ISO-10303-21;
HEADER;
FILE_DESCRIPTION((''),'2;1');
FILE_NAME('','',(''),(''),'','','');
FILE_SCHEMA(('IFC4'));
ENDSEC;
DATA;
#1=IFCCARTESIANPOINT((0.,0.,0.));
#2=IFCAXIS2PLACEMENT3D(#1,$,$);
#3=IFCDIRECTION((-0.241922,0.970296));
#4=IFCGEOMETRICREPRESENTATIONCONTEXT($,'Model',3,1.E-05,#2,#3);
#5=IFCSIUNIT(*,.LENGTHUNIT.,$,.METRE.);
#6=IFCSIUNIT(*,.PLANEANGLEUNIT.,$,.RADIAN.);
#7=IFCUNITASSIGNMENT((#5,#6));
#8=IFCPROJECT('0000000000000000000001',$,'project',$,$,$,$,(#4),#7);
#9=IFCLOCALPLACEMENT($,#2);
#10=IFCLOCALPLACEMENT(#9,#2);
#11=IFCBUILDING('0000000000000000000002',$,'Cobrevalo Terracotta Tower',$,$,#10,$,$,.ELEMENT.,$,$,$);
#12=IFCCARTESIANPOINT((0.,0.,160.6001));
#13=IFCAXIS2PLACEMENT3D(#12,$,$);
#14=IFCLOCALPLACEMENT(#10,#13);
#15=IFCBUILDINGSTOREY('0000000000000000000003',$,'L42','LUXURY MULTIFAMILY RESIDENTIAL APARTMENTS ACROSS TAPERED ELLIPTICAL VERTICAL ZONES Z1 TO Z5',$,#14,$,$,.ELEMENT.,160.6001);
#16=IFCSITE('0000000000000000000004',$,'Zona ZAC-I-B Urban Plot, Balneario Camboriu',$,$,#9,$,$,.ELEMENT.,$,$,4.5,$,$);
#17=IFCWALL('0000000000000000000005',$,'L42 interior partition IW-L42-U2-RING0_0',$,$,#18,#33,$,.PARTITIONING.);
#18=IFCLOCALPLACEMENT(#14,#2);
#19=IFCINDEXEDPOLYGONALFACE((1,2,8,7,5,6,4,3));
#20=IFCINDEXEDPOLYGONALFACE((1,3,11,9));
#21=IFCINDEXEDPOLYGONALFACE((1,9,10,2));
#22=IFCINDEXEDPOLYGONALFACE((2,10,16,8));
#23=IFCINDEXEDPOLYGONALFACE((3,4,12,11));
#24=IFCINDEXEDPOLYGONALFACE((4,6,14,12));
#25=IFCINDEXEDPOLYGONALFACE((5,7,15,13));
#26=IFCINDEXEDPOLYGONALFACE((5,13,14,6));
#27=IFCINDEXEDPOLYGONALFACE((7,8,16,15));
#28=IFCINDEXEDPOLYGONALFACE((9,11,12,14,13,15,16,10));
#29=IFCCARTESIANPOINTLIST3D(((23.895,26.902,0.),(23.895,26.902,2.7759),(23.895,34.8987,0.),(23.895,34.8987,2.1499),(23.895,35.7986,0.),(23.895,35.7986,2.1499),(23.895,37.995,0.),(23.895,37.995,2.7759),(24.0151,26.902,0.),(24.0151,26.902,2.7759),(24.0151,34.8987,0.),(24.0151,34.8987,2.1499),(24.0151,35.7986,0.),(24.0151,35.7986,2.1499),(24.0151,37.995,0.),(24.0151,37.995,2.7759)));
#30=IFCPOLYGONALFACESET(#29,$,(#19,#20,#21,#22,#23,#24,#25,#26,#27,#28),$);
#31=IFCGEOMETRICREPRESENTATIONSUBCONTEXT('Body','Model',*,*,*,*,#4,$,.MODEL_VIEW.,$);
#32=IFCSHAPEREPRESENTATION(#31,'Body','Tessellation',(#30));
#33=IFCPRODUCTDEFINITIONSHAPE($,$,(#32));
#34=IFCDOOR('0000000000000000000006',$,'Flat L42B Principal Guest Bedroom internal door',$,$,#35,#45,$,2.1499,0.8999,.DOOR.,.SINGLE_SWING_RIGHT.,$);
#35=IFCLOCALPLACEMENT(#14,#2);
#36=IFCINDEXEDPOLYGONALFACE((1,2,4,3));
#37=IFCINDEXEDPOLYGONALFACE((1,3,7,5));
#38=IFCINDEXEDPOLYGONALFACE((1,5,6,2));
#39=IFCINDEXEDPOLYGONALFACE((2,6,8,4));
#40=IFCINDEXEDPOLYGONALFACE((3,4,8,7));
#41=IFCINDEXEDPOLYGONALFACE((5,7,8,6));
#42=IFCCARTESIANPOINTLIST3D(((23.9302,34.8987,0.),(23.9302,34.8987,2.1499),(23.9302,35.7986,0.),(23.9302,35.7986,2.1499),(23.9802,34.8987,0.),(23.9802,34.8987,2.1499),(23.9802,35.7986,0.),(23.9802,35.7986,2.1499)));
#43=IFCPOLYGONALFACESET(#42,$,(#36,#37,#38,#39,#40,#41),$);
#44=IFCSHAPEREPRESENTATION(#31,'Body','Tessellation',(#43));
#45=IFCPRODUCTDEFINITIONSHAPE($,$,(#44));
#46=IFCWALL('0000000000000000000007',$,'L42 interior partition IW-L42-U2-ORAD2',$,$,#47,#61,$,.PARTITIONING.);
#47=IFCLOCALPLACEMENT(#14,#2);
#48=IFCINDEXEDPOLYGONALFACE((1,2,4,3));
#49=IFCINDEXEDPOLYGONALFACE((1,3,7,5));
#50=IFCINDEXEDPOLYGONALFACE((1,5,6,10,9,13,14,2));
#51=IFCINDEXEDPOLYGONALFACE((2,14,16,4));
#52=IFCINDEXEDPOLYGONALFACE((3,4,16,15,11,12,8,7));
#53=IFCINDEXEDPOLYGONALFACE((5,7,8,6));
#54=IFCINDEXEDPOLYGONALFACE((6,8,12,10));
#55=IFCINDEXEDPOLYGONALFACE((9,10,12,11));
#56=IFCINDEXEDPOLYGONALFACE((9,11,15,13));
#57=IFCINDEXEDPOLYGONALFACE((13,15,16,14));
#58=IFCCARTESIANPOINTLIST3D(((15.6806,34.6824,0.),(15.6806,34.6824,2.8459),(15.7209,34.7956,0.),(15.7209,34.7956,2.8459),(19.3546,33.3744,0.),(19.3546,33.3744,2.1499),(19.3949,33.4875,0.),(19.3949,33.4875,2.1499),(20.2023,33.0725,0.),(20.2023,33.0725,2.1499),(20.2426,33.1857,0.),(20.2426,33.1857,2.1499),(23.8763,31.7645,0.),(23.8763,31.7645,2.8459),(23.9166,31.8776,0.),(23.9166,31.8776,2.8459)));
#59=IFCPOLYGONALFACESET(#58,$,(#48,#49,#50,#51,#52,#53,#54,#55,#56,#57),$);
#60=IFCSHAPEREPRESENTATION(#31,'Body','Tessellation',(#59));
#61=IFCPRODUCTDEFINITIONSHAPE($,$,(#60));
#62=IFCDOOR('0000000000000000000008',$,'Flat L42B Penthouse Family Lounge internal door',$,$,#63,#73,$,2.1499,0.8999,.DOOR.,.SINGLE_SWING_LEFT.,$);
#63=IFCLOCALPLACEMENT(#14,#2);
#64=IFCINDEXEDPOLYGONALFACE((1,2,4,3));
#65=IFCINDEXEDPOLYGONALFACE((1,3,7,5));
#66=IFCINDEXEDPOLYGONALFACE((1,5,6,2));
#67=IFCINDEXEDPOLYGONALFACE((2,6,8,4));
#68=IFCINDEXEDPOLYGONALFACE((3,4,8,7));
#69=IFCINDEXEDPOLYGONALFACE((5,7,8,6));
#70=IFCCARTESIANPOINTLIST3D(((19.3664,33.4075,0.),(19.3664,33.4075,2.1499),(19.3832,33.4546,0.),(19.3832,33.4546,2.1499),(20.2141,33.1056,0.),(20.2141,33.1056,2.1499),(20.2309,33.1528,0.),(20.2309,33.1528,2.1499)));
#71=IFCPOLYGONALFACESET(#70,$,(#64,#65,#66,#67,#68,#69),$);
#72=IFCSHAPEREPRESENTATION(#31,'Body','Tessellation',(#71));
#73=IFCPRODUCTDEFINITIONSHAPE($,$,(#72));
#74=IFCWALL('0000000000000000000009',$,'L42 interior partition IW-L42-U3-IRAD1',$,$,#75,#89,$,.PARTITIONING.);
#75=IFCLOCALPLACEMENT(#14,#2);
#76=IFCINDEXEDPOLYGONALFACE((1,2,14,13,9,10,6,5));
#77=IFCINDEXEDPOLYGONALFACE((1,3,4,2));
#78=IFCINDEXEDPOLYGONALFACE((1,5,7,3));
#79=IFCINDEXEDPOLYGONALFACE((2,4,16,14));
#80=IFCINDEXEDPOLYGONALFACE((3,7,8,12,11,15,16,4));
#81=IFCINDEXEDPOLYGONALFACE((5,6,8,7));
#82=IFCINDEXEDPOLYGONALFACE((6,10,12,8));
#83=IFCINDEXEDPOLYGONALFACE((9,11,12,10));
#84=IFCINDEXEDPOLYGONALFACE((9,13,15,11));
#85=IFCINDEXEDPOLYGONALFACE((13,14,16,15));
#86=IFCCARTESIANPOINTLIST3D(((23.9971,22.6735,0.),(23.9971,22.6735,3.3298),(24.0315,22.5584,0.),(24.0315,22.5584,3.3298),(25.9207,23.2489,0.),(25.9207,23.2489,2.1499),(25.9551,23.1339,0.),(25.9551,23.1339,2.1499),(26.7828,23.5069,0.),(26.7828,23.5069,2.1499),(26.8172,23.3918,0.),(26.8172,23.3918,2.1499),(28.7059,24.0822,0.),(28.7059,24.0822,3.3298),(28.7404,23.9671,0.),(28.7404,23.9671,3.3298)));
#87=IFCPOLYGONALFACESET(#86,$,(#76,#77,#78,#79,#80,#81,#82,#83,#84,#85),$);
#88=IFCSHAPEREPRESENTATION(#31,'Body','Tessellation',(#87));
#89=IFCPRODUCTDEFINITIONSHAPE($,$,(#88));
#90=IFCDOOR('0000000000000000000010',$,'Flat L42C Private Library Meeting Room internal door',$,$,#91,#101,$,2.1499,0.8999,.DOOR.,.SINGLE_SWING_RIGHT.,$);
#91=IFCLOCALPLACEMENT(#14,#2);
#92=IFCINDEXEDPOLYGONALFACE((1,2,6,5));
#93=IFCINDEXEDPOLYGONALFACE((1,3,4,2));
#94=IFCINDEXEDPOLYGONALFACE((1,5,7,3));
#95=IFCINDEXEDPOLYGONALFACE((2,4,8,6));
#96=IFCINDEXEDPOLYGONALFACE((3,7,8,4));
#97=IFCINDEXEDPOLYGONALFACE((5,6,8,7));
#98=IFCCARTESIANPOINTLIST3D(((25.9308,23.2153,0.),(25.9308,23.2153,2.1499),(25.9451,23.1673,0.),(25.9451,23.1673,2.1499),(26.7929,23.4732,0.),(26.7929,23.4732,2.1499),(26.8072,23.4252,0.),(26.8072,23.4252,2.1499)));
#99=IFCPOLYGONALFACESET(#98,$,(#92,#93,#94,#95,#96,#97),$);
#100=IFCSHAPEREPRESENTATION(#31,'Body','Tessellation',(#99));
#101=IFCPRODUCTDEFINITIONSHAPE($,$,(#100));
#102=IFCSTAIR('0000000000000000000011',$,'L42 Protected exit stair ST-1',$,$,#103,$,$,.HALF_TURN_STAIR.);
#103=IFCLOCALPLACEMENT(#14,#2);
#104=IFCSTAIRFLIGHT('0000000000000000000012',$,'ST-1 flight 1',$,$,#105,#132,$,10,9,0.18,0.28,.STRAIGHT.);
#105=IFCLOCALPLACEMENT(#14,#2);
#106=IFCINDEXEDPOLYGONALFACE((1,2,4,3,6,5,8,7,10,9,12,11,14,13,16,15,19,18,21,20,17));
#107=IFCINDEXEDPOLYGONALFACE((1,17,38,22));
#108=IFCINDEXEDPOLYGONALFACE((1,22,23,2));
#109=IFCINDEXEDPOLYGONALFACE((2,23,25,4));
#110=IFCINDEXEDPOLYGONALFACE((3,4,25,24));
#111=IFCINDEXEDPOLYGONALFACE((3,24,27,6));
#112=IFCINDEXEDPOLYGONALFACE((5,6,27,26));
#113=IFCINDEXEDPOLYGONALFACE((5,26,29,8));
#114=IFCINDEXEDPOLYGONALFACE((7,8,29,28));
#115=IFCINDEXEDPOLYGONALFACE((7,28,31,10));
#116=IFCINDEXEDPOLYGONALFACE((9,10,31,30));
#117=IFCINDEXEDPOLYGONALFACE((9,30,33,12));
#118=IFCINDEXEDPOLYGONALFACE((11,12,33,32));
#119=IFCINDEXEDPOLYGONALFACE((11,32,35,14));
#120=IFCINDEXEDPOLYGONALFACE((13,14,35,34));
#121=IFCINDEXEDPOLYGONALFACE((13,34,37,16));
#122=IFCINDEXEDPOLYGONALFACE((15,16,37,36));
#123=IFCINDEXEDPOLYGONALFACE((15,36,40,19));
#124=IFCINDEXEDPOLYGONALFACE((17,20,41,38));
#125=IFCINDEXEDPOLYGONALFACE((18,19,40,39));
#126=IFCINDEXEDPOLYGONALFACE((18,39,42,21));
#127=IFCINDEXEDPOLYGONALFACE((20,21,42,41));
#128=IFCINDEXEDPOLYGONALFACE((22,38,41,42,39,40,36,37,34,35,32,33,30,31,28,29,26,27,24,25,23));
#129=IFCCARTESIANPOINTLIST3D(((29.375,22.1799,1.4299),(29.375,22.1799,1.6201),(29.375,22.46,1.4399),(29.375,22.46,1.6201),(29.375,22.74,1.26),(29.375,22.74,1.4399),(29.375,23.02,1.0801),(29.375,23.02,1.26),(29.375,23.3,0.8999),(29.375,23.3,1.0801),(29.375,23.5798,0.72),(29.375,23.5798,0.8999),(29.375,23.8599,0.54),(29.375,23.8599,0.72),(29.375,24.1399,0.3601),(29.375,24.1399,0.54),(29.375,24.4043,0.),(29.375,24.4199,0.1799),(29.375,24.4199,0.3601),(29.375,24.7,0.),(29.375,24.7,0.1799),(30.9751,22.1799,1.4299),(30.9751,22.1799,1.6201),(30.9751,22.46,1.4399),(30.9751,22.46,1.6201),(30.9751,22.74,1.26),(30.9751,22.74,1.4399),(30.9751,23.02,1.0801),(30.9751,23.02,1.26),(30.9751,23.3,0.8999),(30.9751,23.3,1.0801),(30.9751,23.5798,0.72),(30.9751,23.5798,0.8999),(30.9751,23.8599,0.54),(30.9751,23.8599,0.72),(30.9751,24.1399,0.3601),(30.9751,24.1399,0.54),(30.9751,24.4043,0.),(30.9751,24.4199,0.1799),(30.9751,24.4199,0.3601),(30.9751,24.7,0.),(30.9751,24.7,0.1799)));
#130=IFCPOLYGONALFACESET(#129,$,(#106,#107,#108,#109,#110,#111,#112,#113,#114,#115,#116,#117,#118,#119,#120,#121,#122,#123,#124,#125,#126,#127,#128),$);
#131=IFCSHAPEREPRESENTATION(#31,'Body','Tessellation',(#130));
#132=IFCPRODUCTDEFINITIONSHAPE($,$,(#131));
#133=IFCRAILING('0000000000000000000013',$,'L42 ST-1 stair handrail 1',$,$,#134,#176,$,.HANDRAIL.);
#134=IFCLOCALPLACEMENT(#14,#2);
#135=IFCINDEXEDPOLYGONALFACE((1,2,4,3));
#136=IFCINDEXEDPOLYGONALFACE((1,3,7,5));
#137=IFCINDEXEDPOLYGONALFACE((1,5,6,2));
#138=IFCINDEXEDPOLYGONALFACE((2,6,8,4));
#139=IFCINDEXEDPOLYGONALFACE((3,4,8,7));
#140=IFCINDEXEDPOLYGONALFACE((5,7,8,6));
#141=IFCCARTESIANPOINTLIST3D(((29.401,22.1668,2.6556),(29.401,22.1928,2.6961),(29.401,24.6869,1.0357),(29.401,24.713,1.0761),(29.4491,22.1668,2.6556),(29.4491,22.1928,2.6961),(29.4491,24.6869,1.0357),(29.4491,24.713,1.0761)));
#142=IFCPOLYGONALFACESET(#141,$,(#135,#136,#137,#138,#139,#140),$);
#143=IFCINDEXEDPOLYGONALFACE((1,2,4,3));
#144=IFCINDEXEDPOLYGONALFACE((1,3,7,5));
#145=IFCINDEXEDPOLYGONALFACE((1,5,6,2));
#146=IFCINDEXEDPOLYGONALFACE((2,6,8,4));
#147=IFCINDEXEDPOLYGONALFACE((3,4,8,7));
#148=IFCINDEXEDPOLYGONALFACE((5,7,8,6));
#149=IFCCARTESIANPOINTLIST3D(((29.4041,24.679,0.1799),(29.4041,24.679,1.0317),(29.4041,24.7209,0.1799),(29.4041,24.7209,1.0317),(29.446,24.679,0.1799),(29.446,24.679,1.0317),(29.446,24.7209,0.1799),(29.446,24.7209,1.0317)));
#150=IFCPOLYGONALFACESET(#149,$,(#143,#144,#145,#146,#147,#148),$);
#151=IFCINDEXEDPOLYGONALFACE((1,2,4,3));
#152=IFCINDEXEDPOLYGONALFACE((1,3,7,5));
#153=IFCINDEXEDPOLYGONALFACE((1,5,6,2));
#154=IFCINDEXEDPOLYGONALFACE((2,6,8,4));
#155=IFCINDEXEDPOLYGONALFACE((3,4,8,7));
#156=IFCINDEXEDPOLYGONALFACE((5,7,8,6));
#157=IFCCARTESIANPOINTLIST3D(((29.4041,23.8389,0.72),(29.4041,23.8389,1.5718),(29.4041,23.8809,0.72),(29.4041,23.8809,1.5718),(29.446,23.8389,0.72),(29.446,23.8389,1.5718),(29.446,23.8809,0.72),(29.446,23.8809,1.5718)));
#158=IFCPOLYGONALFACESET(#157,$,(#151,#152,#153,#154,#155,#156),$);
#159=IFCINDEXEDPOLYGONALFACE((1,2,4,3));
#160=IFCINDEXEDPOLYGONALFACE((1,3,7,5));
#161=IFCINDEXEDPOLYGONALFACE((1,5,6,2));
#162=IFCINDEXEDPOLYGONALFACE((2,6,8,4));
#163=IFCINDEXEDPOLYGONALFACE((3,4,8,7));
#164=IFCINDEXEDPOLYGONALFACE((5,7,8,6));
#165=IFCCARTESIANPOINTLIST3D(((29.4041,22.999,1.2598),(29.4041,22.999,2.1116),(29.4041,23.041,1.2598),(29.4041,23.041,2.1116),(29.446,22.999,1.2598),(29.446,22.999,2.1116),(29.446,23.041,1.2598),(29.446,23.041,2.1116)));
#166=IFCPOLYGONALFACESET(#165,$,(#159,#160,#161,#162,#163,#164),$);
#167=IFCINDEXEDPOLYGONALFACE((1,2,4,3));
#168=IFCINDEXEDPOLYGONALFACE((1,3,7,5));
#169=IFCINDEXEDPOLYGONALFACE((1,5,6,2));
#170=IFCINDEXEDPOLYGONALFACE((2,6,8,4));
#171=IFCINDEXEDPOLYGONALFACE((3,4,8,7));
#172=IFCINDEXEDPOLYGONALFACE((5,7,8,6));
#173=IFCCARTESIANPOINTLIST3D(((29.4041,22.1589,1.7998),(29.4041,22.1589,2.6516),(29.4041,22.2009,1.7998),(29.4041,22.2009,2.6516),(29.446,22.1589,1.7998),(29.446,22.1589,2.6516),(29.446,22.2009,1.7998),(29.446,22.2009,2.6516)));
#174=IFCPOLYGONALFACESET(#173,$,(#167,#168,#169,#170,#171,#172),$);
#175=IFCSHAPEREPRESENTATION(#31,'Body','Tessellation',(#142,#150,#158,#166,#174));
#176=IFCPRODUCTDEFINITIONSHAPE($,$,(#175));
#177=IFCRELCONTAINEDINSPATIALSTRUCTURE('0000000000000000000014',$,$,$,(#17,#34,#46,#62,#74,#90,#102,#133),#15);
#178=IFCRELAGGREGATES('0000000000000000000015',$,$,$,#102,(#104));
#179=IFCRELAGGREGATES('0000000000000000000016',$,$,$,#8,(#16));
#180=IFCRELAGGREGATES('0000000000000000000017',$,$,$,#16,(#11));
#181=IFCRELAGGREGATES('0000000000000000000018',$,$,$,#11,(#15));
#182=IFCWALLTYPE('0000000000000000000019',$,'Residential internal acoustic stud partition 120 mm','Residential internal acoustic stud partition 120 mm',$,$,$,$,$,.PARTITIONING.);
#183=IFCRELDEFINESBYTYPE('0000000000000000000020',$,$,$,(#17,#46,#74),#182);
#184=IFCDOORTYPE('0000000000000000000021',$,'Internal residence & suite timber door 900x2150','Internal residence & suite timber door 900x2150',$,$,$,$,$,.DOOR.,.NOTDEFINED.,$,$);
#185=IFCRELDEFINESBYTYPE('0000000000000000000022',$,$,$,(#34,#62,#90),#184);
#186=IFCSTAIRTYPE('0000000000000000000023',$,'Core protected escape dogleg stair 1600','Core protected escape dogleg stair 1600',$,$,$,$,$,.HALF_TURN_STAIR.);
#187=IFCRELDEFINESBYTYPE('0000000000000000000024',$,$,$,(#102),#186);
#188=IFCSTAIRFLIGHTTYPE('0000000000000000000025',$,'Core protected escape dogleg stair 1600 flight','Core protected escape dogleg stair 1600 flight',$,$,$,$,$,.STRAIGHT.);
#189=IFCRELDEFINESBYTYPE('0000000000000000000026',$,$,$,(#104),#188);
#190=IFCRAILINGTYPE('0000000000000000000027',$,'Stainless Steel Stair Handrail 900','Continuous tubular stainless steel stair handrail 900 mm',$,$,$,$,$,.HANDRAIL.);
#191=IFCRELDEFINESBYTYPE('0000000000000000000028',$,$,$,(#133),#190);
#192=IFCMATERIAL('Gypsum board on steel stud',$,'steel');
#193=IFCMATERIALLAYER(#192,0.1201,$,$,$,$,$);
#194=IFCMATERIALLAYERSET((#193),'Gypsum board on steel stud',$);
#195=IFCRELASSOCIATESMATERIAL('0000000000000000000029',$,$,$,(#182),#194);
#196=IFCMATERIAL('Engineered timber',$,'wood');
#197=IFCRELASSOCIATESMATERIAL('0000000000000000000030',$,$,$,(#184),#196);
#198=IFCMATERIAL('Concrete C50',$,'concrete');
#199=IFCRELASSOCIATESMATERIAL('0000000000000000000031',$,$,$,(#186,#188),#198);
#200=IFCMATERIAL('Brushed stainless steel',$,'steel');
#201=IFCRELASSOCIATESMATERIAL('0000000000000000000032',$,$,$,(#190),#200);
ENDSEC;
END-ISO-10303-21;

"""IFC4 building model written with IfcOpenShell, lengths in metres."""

from ifc_helpers import new_model, si_unit, direction, frame, frame_2d, origin, origin_2d, place, context, subcontext, project, spatial, polyline, rectangle, outline, extrude, source, transform, mapped, material, layer, layer_set, type_object, element, fill, aggregate, save


model = new_model("IFC4")

# Units and contexts
model_context = context("Model", 3, precision=1e-05, world=origin(), true_north=direction((-0.241922, 0.970296)))
body_context = subcontext(model_context, "Body", "Model", "MODEL_VIEW")
ifc_project = project(units=[si_unit("LENGTHUNIT", "METRE"), si_unit("PLANEANGLEUNIT", "RADIAN")], contexts=[model_context])

# Site, building, storey
site_placement = place(None, origin())
site = spatial("IfcSite", under=ifc_project, at=site_placement, Name="Zona ZAC-I-B Urban Plot, Balneario Camboriu", CompositionType="ELEMENT", RefElevation=4.5)
building_placement = place(site_placement, origin())
building = spatial("IfcBuilding", under=site, at=building_placement, Name="Cobrevalo Terracotta Tower", CompositionType="ELEMENT")
storey_placement = place(building_placement, frame((0.0, 0.0, 160.6001)))
storey = spatial("IfcBuildingStorey", under=building, at=storey_placement, Name="L42", Description="LUXURY MULTIFAMILY RESIDENTIAL APARTMENTS ACROSS TAPERED ELLIPTICAL VERTICAL ZONES Z1 TO Z5", CompositionType="ELEMENT", Elevation=160.6001)

# Shared definitions
ifc_material_1 = material(Name="Gypsum board on steel stud", Category="steel")

# Shared definitions
ifc_material_2 = material(Name="Brushed stainless steel", Category="steel")

# Walls, openings, doors
ifc_layer_1 = layer(ifc_material_1, 0.1201)
ifc_layer_set_1 = layer_set([ifc_layer_1], Name="Gypsum board on steel stud")
wall_type_1 = type_object("IfcWallType", Name="Residential internal acoustic stud partition 120 mm", Description="Residential internal acoustic stud partition 120 mm", PredefinedType="PARTITIONING", material=ifc_layer_set_1)
wall_1_placement = place(storey_placement, frame((23.9551, 26.9021, 0.0), z_axis=(0.0, 0.0, 1.0), x_axis=(0.0, 1.0, 0.0)))
wall_1 = element("IfcWall", 1, at=wall_1_placement, inside=storey, type_object=wall_type_1, Name="L42 interior partition IW-L42-U2-RING0_0", PredefinedType="PARTITIONING", context=body_context, shape_type="SweptSolid", body=[
    extrude(rectangle(XDim=11.093, YDim=0.1201, at=frame_2d((5.5464, 0.0))), origin(), (0.0, 0.0, 1.0), 2.7759),
])
opening_1_placement = place(wall_1_placement, frame((7.9966, 0.0, 0.0)))
opening_1 = element("IfcOpeningElement", 2, at=opening_1_placement, cuts=wall_1, PredefinedType="OPENING", context=body_context, shape_type="SweptSolid", body=[
    extrude(rectangle(XDim=0.8999, YDim=2.1499, at=frame_2d((0.45, 1.075))), frame((0.0, 0.0701, 0.0), z_axis=(0.0, -1.0, 0.0), x_axis=(1.0, 0.0, 0.0)), (0.0, 0.0, 1.0), 0.1401),
])
ifc_material_3 = material(Name="Engineered timber", Category="wood")
door_type_1 = type_object("IfcDoorType", Name="Internal residence & suite timber door 900x2150", Description="Internal residence & suite timber door 900x2150", OperationType="NOTDEFINED", PredefinedType="DOOR", material=ifc_material_3)
shared_shape_1 = source(origin(), body_context, "Body", "SweptSolid", [
    extrude(rectangle(XDim=0.8999, YDim=2.1499, at=frame_2d((0.45, 1.075))), frame((0.0, 0.0249, 0.0), z_axis=(0.0, -1.0, 0.0), x_axis=(1.0, 0.0, 0.0)), (0.0, 0.0, 1.0), 0.05),
])
door_1_placement = place(opening_1_placement, origin())
door_1 = element("IfcDoor", 3, at=door_1_placement, inside=storey, type_object=door_type_1, Name="Flat L42B Principal Guest Bedroom internal door", OperationType="SINGLE_SWING_RIGHT", OverallHeight=2.1499, OverallWidth=0.8999, PredefinedType="DOOR", context=body_context, shape_type="MappedRepresentation", body=[
    mapped(shared_shape_1, transform((0.0, 0.0, 0.0), scale=1.0)),
])
fill(opening_1, door_1)
wall_2_placement = place(storey_placement, frame((23.8965, 31.821, 0.0), z_axis=(0.0, 0.0, 1.0), x_axis=(-0.942073, 0.335408, 0.0)))
wall_2 = element("IfcWall", 4, at=wall_2_placement, inside=storey, type_object=wall_type_1, Name="L42 interior partition IW-L42-U2-ORAD2", PredefinedType="PARTITIONING", context=body_context, shape_type="SweptSolid", body=[
    extrude(rectangle(XDim=8.6997, YDim=0.1201, at=frame_2d((4.3499, 0.0))), origin(), (0.0, 0.0, 1.0), 2.8459),
])
opening_2_placement = place(wall_2_placement, frame((3.8999, 0.0, 0.0)))
opening_2 = element("IfcOpeningElement", 5, at=opening_2_placement, cuts=wall_2, PredefinedType="OPENING", context=body_context, shape_type="SweptSolid", body=[
    extrude(rectangle(XDim=0.8999, YDim=2.1499, at=frame_2d((0.45, 1.075))), frame((0.0, 0.0701, 0.0), z_axis=(0.0, -1.0, 0.0), x_axis=(1.0, 0.0, 0.0)), (0.0, 0.0, 1.0), 0.1401),
])
door_2_placement = place(opening_2_placement, origin())
door_2 = element("IfcDoor", 6, at=door_2_placement, inside=storey, type_object=door_type_1, Name="Flat L42B Penthouse Family Lounge internal door", OperationType="SINGLE_SWING_LEFT", OverallHeight=2.1499, OverallWidth=0.8999, PredefinedType="DOOR", context=body_context, shape_type="MappedRepresentation", body=[
    mapped(shared_shape_1, transform((0.0, 0.0, 0.0), scale=1.0)),
])
fill(opening_2, door_2)
wall_3_placement = place(storey_placement, frame((28.7231, 24.0247, 0.0), z_axis=(0.0, 0.0, 1.0), x_axis=(-0.958046, -0.286614, 0.0)))
wall_3 = element("IfcWall", 7, at=wall_3_placement, inside=storey, type_object=wall_type_1, Name="L42 interior partition IW-L42-U3-IRAD1", PredefinedType="PARTITIONING", context=body_context, shape_type="SweptSolid", body=[
    extrude(rectangle(XDim=4.915, YDim=0.1201, at=frame_2d((2.4575, 0.0))), origin(), (0.0, 0.0, 1.0), 3.3298),
])
opening_3_placement = place(wall_3_placement, frame((2.0073, 0.0, 0.0)))
opening_3 = element("IfcOpeningElement", 8, at=opening_3_placement, cuts=wall_3, PredefinedType="OPENING", context=body_context, shape_type="SweptSolid", body=[
    extrude(rectangle(XDim=0.8999, YDim=2.1499, at=frame_2d((0.45, 1.075))), frame((0.0, 0.0701, 0.0), z_axis=(0.0, -1.0, 0.0), x_axis=(1.0, 0.0, 0.0)), (0.0, 0.0, 1.0), 0.1401),
])
door_3_placement = place(opening_3_placement, frame((0.8999, 0.0, 0.0), z_axis=(0.0, 0.0, 1.0), x_axis=(-1.0, 0.0, 0.0)))
door_3 = element("IfcDoor", 9, at=door_3_placement, inside=storey, type_object=door_type_1, Name="Flat L42C Private Library Meeting Room internal door", OperationType="SINGLE_SWING_RIGHT", OverallHeight=2.1499, OverallWidth=0.8999, PredefinedType="DOOR", context=body_context, shape_type="MappedRepresentation", body=[
    mapped(shared_shape_1, transform((0.0, 0.0, 0.0), scale=1.0)),
])
fill(opening_3, door_3)
ifc_material_4 = material(Name="Concrete C50", Category="concrete")

# Stair, stair flight
stair_type = type_object("IfcStairType", Name="Core protected escape dogleg stair 1600", Description="Core protected escape dogleg stair 1600", PredefinedType="HALF_TURN_STAIR", material=ifc_material_4)
stair_placement = place(storey_placement, origin())
stair = element("IfcStair", 10, at=stair_placement, inside=storey, type_object=stair_type, Name="L42 Protected exit stair ST-1", PredefinedType="HALF_TURN_STAIR")
stair_flight_type = type_object("IfcStairFlightType", Name="Core protected escape dogleg stair 1600 flight", Description="Core protected escape dogleg stair 1600 flight", PredefinedType="STRAIGHT", material=ifc_material_4)
stair_flight_placement = place(storey_placement, frame((30.175, 24.7, 0.0), z_axis=(0.0, 0.0, 1.0), x_axis=(0.0, -1.0, 0.0)))
stair_flight = element("IfcStairFlight", 11, at=stair_flight_placement, type_object=stair_flight_type, Name="ST-1 flight 1", NumberOfRisers=10, NumberOfTreads=9, PredefinedType="STRAIGHT", RiserHeight=0.18, TreadLength=0.28, context=body_context, shape_type="SweptSolid", body=[
    extrude(outline(polyline([(0.0, 0.0), (0.0, 0.1799), (0.28, 0.1799), (0.28, 0.3601), (0.5601, 0.3601), (0.5601, 0.54), (0.8401, 0.54), (0.8401, 0.72), (1.1201, 0.72), (1.1201, 0.8999), (1.3999, 0.8999), (1.3999, 1.0801), (1.6799, 1.0801), (1.6799, 1.26), (1.96, 1.26), (1.96, 1.4399), (2.24, 1.4399), (2.24, 1.6201), (2.52, 1.6201), (2.52, 1.8), (2.52, 1.4299), (0.2957, 0.0), (0.0, 0.0)])), frame((0.0, 0.8, 0.0), z_axis=(0.0, -1.0, 0.0), x_axis=(1.0, 0.0, 0.0)), (0.0, 0.0, 1.0), 1.6001),
])
aggregate(stair, [stair_flight])

# Railing
railing_type_1 = type_object("IfcRailingType", Name="Stainless Steel Stair Handrail 900", Description="Continuous tubular stainless steel stair handrail 900 mm", PredefinedType="HANDRAIL", material=ifc_material_2)
railing_1_placement = place(storey_placement, frame((29.425, 24.7, 0.1799)))
element("IfcRailing", 12, at=railing_1_placement, inside=storey, type_object=railing_type_1, Name="L42 ST-1 stair handrail 1", PredefinedType="HANDRAIL", context=body_context, shape_type="SweptSolid", body=[
    extrude(rectangle(XDim=0.0481, YDim=0.0481, at=origin_2d()), frame((0.0, 0.0, 0.876), z_axis=(0.0, -0.8412, 0.540725), x_axis=(1.0, 0.0, 0.0)), (0.0, 0.0, 1.0), 2.9958),
    extrude(rectangle(XDim=0.042, YDim=0.042, at=origin_2d()), origin(), (0.0, 0.0, 1.0), 0.8518),
    extrude(rectangle(XDim=0.042, YDim=0.042, at=origin_2d()), frame((0.0, -0.8401, 0.54)), (0.0, 0.0, 1.0), 0.8518),
    extrude(rectangle(XDim=0.042, YDim=0.042, at=origin_2d()), frame((0.0, -1.6799, 1.0798)), (0.0, 0.0, 1.0), 0.8518),
    extrude(rectangle(XDim=0.042, YDim=0.042, at=origin_2d()), frame((0.0, -2.52, 1.6199)), (0.0, 0.0, 1.0), 0.8518),
])

save(model, "model.ifc")
